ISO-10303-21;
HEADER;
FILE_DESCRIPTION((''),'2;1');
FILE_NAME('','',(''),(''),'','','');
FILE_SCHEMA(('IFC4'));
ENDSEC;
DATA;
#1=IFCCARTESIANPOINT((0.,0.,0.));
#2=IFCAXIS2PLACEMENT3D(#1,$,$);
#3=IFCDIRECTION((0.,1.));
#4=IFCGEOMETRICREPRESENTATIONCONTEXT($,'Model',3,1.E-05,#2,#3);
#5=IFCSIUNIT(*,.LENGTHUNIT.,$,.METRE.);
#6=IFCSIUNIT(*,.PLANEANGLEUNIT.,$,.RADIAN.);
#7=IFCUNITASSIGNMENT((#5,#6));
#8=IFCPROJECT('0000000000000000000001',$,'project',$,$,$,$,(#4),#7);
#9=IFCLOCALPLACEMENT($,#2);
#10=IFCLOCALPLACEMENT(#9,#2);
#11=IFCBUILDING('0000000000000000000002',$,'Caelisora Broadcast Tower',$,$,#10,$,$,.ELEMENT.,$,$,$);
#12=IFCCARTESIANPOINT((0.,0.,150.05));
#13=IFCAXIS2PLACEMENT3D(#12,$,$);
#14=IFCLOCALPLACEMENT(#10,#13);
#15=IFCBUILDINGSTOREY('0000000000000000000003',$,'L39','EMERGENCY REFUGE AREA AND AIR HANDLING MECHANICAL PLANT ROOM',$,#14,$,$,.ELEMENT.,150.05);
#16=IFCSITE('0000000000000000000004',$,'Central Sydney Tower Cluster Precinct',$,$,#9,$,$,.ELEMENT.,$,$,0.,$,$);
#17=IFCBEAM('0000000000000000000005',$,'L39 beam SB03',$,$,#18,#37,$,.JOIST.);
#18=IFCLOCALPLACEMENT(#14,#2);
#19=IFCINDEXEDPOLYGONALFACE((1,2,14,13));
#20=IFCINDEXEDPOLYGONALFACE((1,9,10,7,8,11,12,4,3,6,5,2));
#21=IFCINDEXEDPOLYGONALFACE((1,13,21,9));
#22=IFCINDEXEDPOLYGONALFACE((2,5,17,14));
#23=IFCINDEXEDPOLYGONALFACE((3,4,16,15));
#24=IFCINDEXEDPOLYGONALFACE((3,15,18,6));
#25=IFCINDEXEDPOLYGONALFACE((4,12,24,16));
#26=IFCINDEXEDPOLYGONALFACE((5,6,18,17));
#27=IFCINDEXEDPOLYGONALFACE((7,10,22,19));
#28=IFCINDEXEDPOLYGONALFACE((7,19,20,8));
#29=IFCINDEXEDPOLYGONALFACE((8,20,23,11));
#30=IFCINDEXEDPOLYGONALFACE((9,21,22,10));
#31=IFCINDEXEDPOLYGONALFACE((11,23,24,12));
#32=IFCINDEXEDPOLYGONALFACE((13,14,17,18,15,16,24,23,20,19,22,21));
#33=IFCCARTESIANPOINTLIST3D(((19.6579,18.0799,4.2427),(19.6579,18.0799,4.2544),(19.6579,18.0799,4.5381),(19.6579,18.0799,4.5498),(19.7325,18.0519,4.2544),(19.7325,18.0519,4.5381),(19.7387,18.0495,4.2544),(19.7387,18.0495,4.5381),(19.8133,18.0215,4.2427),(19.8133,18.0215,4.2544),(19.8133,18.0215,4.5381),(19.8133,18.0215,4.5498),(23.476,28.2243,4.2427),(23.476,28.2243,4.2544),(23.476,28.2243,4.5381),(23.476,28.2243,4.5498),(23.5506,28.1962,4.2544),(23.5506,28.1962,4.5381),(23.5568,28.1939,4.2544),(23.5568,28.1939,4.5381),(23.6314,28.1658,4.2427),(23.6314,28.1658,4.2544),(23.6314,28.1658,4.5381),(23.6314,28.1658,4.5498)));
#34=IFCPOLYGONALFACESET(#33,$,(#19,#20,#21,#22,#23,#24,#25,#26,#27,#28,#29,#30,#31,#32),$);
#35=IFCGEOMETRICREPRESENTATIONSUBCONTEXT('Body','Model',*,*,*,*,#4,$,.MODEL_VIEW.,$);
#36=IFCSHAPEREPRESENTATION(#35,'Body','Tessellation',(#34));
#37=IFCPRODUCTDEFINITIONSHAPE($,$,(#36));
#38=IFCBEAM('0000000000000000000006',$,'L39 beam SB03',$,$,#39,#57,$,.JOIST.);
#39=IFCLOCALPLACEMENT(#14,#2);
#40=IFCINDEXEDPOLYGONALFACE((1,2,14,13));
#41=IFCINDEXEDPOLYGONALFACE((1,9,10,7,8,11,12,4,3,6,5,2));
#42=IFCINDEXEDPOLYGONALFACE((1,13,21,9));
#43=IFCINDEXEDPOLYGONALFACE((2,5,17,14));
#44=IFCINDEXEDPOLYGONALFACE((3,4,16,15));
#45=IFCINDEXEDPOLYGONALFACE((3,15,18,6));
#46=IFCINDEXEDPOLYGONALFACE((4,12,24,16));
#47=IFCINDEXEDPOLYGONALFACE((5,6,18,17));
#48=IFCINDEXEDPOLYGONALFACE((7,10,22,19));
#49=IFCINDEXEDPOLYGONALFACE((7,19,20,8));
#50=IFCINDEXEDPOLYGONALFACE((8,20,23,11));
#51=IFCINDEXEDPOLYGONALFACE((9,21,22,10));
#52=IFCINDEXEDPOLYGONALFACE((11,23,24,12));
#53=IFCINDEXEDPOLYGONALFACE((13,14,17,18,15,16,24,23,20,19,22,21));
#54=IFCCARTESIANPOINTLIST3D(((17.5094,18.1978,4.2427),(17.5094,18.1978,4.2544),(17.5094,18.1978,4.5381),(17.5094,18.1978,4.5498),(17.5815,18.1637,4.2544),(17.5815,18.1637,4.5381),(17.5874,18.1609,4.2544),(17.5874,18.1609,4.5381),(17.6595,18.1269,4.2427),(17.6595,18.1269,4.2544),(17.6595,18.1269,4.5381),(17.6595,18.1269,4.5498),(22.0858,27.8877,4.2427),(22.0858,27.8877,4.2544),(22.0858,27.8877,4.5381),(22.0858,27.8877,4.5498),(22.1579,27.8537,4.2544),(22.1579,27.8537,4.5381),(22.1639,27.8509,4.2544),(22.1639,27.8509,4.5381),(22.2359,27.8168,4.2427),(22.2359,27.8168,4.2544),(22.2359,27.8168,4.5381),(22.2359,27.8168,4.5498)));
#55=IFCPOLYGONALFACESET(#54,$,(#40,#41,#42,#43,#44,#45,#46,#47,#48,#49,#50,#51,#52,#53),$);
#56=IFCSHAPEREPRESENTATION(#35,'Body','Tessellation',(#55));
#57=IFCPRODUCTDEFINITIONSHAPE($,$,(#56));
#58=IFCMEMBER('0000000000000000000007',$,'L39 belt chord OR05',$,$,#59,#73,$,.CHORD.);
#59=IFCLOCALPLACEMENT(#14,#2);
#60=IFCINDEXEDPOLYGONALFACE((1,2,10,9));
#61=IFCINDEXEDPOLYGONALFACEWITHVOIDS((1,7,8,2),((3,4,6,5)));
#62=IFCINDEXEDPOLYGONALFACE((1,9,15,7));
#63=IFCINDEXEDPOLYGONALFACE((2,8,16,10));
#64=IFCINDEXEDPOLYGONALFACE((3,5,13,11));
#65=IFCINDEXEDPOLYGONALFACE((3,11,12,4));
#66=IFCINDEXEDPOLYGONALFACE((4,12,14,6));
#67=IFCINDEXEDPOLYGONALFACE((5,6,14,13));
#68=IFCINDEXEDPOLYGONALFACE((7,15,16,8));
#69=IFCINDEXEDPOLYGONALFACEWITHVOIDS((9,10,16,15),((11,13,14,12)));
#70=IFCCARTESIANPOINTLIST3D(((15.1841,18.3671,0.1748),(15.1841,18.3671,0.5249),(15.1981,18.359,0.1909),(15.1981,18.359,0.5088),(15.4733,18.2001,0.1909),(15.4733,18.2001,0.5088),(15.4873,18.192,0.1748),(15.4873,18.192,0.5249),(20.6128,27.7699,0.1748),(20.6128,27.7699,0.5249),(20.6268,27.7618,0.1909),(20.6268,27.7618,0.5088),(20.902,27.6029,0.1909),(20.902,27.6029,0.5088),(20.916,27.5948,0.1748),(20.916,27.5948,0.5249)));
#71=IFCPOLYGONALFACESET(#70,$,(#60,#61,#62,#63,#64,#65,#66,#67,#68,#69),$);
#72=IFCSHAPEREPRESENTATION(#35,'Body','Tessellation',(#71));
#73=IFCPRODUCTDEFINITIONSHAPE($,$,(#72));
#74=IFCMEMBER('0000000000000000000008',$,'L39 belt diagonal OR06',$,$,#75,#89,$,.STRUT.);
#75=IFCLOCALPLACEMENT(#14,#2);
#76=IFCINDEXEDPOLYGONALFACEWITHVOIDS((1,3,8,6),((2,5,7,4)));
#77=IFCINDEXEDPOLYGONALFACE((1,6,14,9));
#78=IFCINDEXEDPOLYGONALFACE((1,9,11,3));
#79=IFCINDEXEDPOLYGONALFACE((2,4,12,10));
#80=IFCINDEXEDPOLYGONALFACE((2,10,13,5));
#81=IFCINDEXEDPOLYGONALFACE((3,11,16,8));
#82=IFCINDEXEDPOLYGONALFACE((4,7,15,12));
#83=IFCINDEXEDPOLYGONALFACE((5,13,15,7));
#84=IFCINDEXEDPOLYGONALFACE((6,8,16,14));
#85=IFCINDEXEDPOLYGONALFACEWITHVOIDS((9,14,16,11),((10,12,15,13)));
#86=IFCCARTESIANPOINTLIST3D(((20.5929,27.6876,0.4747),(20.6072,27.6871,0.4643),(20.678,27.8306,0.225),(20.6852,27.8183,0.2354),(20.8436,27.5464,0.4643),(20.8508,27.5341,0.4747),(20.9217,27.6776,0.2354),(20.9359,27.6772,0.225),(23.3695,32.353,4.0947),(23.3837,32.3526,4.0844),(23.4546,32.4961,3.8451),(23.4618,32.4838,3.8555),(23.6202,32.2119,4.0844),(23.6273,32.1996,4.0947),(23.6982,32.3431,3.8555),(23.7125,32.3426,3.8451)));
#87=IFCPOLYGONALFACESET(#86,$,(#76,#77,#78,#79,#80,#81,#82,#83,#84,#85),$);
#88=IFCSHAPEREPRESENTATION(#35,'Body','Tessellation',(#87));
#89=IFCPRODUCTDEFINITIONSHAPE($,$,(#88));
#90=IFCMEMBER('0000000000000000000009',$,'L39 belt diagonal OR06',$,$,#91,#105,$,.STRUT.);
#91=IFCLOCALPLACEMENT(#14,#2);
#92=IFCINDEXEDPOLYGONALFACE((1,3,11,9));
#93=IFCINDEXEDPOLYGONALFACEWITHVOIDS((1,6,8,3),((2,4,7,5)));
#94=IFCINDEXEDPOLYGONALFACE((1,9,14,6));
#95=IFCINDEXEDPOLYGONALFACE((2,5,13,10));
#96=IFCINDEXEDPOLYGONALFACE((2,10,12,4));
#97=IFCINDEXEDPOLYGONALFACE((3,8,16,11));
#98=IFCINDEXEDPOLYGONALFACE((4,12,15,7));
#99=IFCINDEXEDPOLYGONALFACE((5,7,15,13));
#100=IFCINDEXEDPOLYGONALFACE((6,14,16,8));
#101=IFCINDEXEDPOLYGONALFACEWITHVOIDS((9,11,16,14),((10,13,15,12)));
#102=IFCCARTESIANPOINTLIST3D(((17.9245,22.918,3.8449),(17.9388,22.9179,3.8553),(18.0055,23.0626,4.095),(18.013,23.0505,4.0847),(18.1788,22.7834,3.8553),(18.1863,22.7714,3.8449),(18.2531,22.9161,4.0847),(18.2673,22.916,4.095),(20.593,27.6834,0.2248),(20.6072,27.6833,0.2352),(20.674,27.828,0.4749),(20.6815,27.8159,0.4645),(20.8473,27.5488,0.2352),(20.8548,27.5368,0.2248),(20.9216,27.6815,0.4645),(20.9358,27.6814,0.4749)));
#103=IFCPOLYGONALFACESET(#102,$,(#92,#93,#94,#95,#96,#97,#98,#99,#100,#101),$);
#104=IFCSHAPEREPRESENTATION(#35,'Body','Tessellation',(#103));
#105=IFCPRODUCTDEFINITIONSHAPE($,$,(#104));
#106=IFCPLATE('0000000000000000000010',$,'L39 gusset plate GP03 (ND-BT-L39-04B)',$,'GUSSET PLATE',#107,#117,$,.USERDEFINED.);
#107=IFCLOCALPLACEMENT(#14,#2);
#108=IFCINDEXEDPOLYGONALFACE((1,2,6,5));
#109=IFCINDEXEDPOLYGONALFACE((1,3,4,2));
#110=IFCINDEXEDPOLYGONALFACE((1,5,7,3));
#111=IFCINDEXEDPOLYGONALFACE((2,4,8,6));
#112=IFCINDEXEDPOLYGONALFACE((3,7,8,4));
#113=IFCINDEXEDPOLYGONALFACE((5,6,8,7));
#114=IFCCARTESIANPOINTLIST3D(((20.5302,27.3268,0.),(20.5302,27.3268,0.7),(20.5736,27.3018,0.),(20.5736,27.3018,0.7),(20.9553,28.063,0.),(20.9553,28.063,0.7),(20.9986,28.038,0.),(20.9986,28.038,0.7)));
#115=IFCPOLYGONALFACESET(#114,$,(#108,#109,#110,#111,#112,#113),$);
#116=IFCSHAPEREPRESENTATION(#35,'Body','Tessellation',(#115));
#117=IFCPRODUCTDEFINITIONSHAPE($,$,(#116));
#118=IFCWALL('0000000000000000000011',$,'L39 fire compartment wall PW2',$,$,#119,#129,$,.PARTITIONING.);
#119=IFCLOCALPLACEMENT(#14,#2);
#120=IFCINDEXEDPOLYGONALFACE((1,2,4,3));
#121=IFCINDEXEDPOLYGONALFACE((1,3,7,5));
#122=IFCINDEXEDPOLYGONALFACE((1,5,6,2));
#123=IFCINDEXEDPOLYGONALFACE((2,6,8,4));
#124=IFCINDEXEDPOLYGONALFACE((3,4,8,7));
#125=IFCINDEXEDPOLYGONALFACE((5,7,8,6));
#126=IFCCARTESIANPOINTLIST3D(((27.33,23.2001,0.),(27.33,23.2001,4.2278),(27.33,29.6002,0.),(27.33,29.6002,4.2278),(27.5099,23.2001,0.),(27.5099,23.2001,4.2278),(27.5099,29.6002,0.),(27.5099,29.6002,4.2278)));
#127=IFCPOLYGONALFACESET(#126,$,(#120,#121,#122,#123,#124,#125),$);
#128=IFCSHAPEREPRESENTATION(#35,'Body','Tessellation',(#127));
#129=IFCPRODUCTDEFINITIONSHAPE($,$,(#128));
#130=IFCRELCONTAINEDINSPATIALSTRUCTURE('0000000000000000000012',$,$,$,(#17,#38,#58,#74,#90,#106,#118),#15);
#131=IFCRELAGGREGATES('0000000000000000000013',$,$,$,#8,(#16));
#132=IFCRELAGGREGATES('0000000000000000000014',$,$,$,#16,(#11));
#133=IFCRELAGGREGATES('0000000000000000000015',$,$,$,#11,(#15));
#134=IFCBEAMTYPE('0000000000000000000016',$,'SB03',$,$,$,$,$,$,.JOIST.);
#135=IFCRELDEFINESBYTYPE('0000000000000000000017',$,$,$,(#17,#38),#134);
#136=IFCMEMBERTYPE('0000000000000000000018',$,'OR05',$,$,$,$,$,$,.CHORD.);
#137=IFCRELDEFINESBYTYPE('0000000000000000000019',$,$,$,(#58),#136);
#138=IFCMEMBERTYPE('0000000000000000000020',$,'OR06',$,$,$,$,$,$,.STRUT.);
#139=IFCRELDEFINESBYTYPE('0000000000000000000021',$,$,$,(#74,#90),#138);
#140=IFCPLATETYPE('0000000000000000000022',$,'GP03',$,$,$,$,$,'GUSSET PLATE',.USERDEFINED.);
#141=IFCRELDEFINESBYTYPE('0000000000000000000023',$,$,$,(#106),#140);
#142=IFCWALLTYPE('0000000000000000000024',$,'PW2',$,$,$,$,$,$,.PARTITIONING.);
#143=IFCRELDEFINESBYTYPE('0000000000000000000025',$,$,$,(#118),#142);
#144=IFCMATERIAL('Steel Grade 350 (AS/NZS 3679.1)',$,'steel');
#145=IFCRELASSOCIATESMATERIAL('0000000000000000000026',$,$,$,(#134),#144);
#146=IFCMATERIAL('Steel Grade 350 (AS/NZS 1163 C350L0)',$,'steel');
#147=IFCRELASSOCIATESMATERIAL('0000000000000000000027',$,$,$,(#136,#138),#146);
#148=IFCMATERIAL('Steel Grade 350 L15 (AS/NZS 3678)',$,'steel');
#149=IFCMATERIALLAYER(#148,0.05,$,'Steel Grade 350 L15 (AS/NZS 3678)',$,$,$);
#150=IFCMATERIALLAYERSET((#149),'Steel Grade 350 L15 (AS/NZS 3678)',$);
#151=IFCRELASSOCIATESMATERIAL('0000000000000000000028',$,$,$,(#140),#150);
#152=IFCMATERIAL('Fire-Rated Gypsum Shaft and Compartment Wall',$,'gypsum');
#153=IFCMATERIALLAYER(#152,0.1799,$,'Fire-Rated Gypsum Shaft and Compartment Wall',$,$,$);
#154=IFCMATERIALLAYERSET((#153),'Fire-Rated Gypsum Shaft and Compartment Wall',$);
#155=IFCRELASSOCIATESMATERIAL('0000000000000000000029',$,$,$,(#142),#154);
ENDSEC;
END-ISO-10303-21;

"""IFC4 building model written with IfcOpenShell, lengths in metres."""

from ifc_helpers import new_model, si_unit, direction, frame, frame_2d, origin, origin_2d, place, context, subcontext, project, spatial, rectangle, hollow_rectangle, i_section, extrude, source, transform, mapped, material, layer, layer_set, material_profile, profile_set, type_object, type_shapes, element, save


model = new_model("IFC4")

# Units and contexts
model_context = context("Model", 3, precision=1e-05, world=origin(), true_north=direction((0.0, 1.0)))
body_context = subcontext(model_context, "Body", "Model", "MODEL_VIEW")
ifc_project = project(units=[si_unit("LENGTHUNIT", "METRE"), si_unit("PLANEANGLEUNIT", "RADIAN")], contexts=[model_context])

# Site, building, storey
site_placement = place(None, origin())
site = spatial("IfcSite", under=ifc_project, at=site_placement, Name="Central Sydney Tower Cluster Precinct", CompositionType="ELEMENT", RefElevation=0.0)
building_placement = place(site_placement, origin())
building = spatial("IfcBuilding", under=site, at=building_placement, Name="Caelisora Broadcast Tower", CompositionType="ELEMENT")
storey_placement = place(building_placement, frame((0.0, 0.0, 150.05)))
storey = spatial("IfcBuildingStorey", under=building, at=storey_placement, Name="L39", Description="EMERGENCY REFUGE AREA AND AIR HANDLING MECHANICAL PLANT ROOM", CompositionType="ELEMENT", Elevation=150.05)

# Shared definitions
ifc_material_1 = material(Name="Steel Grade 350 L15 (AS/NZS 3678)", Category="steel")

# Shared definitions
ifc_material_2 = material(Name="Steel Grade 350 (AS/NZS 1163 C350L0)", Category="steel")

# Beams
ifc_material_3 = material(Name="Steel Grade 350 (AS/NZS 3679.1)", Category="steel")
ifc_material_profile_1 = material_profile(ifc_material_3, i_section(OverallWidth=0.166, OverallDepth=0.3071, WebThickness=0.0066, FlangeThickness=0.0117, at=origin_2d()), Name="Steel Grade 350 (AS/NZS 3679.1)")
ifc_profile_set_1 = profile_set([ifc_material_profile_1], Name="Steel Grade 350 (AS/NZS 3679.1)")
beam_type_1 = type_object("IfcBeamType", Name="SB03", PredefinedType="JOIST", material=ifc_profile_set_1)
shared_shape_1 = source(origin(), body_context, "Body", "SweptSolid", [
    extrude(i_section(OverallWidth=0.166, OverallDepth=0.3071, WebThickness=0.0066, FlangeThickness=0.0117, at=origin_2d()), origin(), (0.0, 0.0, 1.0), 10.8391),
])
beam_1_placement = place(storey_placement, frame((23.5537, 28.1951, 4.3962), z_axis=(-0.352256, -0.935904, 0.0), x_axis=(0.935904, -0.352256, 0.0)))
element("IfcBeam", 1, at=beam_1_placement, inside=storey, type_object=beam_type_1, Name="L39 beam SB03", PredefinedType="JOIST", context=body_context, shape_type="MappedRepresentation", body=[
    mapped(shared_shape_1, transform((0.0, 0.0, 0.0), scale=1.0)),
])
shared_shape_2 = source(origin(), body_context, "Body", "SweptSolid", [
    extrude(i_section(OverallWidth=0.166, OverallDepth=0.3071, WebThickness=0.0066, FlangeThickness=0.0117, at=origin_2d()), origin(), (0.0, 0.0, 1.0), 10.7163),
])
beam_2_placement = place(storey_placement, frame((22.1609, 27.8523, 4.3962), z_axis=(-0.427053, -0.904227, 0.0), x_axis=(0.904227, -0.427053, 0.0)))
element("IfcBeam", 2, at=beam_2_placement, inside=storey, type_object=beam_type_1, Name="L39 beam SB03", PredefinedType="JOIST", context=body_context, shape_type="MappedRepresentation", body=[
    mapped(shared_shape_2, transform((0.0, 0.0, 0.0), scale=1.0)),
])

# Members
ifc_material_profile_2 = material_profile(ifc_material_2, hollow_rectangle(XDim=0.3501, YDim=0.3501, WallThickness=0.0161, at=origin_2d()), Name="Steel Grade 350 (AS/NZS 1163 C350L0)")
ifc_profile_set_2 = profile_set([ifc_material_profile_2], Name="Steel Grade 350 (AS/NZS 1163 C350L0)")
member_type_1 = type_object("IfcMemberType", Name="OR05", PredefinedType="CHORD", material=ifc_profile_set_2)
shared_shape_3 = source(origin(), body_context, "Body", "SweptSolid", [
    extrude(hollow_rectangle(XDim=0.3501, YDim=0.3501, WallThickness=0.0161, at=origin_2d()), origin(), (0.0, 0.0, 1.0), 10.8574),
])
type_shapes(member_type_1, [shared_shape_3])
member_1_placement = place(storey_placement, frame((20.7644, 27.6824, 0.3499), z_axis=(-0.499999, -0.866026, 0.0), x_axis=(0.866026, -0.499999, 0.0)))
element("IfcMember", 3, at=member_1_placement, inside=storey, type_object=member_type_1, Name="L39 belt chord OR05", PredefinedType="CHORD", context=body_context, shape_type="MappedRepresentation", body=[
    mapped(shared_shape_3, transform((0.0, 0.0, 0.0), scale=1.0)),
])
ifc_material_profile_3 = material_profile(ifc_material_2, hollow_rectangle(XDim=0.3, YDim=0.3, WallThickness=0.0125, at=origin_2d()), Name="Steel Grade 350 (AS/NZS 1163 C350L0)")
ifc_profile_set_3 = profile_set([ifc_material_profile_3], Name="Steel Grade 350 (AS/NZS 1163 C350L0)")
member_type_2 = type_object("IfcMemberType", Name="OR06", PredefinedType="STRUT", material=ifc_profile_set_3)
shared_shape_4 = source(origin(), body_context, "Body", "SweptSolid", [
    extrude(hollow_rectangle(XDim=0.3, YDim=0.3, WallThickness=0.0125, at=origin_2d()), origin(), (0.0, 0.0, 1.0), 6.5254),
])
member_2_placement = place(storey_placement, frame((20.7644, 27.6824, 0.3499), z_axis=(0.425503, 0.71497, 0.554766), x_axis=(-0.859332, 0.511417, 0.0)))
element("IfcMember", 4, at=member_2_placement, inside=storey, type_object=member_type_2, Name="L39 belt diagonal OR06", PredefinedType="STRUT", context=body_context, shape_type="MappedRepresentation", body=[
    mapped(shared_shape_4, transform((0.0, 0.0, 0.0), scale=1.0)),
])
shared_shape_5 = source(origin(), body_context, "Body", "SweptSolid", [
    extrude(hollow_rectangle(XDim=0.3, YDim=0.3, WallThickness=0.0125, at=origin_2d()), origin(), (0.0, 0.0, 1.0), 6.5525),
])
type_shapes(member_type_2, [shared_shape_4, shared_shape_5])
member_3_placement = place(storey_placement, frame((20.7644, 27.6824, 0.3499), z_axis=(-0.407245, -0.727266, 0.552482), x_axis=(0.872518, -0.488582, 0.0)))
element("IfcMember", 5, at=member_3_placement, inside=storey, type_object=member_type_2, Name="L39 belt diagonal OR06", PredefinedType="STRUT", context=body_context, shape_type="MappedRepresentation", body=[
    mapped(shared_shape_5, transform((0.0, 0.0, 0.0), scale=1.0)),
])

# Plate
ifc_layer_1 = layer(ifc_material_1, 0.05, Name="Steel Grade 350 L15 (AS/NZS 3678)")
ifc_layer_set_1 = layer_set([ifc_layer_1], Name="Steel Grade 350 L15 (AS/NZS 3678)")
plate_type = type_object("IfcPlateType", Name="GP03", ElementType="GUSSET PLATE", PredefinedType="USERDEFINED", material=ifc_layer_set_1)
shared_shape_6 = source(origin(), body_context, "Body", "SweptSolid", [
    extrude(rectangle(XDim=0.8501, YDim=0.05, at=origin_2d()), origin(), (0.0, 0.0, 1.0), 0.7),
])
type_shapes(plate_type, [shared_shape_6])
plate_placement = place(storey_placement, frame((20.7644, 27.6824, 0.0), z_axis=(0.0, 0.0, 1.0), x_axis=(-0.5, -0.866025, 0.0)))
element("IfcPlate", 6, at=plate_placement, inside=storey, type_object=plate_type, Name="L39 gusset plate GP03 (ND-BT-L39-04B)", ObjectType="GUSSET PLATE", PredefinedType="USERDEFINED", context=body_context, shape_type="MappedRepresentation", body=[
    mapped(shared_shape_6, transform((0.0, 0.0, 0.0), scale=1.0)),
])

# Wall
ifc_material_4 = material(Name="Fire-Rated Gypsum Shaft and Compartment Wall", Category="gypsum")
ifc_layer_2 = layer(ifc_material_4, 0.1799, Name="Fire-Rated Gypsum Shaft and Compartment Wall")
ifc_layer_set_2 = layer_set([ifc_layer_2], Name="Fire-Rated Gypsum Shaft and Compartment Wall")
wall_type = type_object("IfcWallType", Name="PW2", PredefinedType="PARTITIONING", material=ifc_layer_set_2)
wall_1_placement = place(storey_placement, frame((27.4199, 23.2, 0.0), z_axis=(0.0, 0.0, 1.0), x_axis=(0.0, 1.0, 0.0)))
element("IfcWall", 7, at=wall_1_placement, inside=storey, type_object=wall_type, Name="L39 fire compartment wall PW2", PredefinedType="PARTITIONING", context=body_context, shape_type="SweptSolid", body=[
    extrude(rectangle(XDim=6.4001, YDim=0.1799, at=frame_2d((3.2002, 0.0))), origin(), (0.0, 0.0, 1.0), 4.2278),
])

save(model, "model.ifc")
